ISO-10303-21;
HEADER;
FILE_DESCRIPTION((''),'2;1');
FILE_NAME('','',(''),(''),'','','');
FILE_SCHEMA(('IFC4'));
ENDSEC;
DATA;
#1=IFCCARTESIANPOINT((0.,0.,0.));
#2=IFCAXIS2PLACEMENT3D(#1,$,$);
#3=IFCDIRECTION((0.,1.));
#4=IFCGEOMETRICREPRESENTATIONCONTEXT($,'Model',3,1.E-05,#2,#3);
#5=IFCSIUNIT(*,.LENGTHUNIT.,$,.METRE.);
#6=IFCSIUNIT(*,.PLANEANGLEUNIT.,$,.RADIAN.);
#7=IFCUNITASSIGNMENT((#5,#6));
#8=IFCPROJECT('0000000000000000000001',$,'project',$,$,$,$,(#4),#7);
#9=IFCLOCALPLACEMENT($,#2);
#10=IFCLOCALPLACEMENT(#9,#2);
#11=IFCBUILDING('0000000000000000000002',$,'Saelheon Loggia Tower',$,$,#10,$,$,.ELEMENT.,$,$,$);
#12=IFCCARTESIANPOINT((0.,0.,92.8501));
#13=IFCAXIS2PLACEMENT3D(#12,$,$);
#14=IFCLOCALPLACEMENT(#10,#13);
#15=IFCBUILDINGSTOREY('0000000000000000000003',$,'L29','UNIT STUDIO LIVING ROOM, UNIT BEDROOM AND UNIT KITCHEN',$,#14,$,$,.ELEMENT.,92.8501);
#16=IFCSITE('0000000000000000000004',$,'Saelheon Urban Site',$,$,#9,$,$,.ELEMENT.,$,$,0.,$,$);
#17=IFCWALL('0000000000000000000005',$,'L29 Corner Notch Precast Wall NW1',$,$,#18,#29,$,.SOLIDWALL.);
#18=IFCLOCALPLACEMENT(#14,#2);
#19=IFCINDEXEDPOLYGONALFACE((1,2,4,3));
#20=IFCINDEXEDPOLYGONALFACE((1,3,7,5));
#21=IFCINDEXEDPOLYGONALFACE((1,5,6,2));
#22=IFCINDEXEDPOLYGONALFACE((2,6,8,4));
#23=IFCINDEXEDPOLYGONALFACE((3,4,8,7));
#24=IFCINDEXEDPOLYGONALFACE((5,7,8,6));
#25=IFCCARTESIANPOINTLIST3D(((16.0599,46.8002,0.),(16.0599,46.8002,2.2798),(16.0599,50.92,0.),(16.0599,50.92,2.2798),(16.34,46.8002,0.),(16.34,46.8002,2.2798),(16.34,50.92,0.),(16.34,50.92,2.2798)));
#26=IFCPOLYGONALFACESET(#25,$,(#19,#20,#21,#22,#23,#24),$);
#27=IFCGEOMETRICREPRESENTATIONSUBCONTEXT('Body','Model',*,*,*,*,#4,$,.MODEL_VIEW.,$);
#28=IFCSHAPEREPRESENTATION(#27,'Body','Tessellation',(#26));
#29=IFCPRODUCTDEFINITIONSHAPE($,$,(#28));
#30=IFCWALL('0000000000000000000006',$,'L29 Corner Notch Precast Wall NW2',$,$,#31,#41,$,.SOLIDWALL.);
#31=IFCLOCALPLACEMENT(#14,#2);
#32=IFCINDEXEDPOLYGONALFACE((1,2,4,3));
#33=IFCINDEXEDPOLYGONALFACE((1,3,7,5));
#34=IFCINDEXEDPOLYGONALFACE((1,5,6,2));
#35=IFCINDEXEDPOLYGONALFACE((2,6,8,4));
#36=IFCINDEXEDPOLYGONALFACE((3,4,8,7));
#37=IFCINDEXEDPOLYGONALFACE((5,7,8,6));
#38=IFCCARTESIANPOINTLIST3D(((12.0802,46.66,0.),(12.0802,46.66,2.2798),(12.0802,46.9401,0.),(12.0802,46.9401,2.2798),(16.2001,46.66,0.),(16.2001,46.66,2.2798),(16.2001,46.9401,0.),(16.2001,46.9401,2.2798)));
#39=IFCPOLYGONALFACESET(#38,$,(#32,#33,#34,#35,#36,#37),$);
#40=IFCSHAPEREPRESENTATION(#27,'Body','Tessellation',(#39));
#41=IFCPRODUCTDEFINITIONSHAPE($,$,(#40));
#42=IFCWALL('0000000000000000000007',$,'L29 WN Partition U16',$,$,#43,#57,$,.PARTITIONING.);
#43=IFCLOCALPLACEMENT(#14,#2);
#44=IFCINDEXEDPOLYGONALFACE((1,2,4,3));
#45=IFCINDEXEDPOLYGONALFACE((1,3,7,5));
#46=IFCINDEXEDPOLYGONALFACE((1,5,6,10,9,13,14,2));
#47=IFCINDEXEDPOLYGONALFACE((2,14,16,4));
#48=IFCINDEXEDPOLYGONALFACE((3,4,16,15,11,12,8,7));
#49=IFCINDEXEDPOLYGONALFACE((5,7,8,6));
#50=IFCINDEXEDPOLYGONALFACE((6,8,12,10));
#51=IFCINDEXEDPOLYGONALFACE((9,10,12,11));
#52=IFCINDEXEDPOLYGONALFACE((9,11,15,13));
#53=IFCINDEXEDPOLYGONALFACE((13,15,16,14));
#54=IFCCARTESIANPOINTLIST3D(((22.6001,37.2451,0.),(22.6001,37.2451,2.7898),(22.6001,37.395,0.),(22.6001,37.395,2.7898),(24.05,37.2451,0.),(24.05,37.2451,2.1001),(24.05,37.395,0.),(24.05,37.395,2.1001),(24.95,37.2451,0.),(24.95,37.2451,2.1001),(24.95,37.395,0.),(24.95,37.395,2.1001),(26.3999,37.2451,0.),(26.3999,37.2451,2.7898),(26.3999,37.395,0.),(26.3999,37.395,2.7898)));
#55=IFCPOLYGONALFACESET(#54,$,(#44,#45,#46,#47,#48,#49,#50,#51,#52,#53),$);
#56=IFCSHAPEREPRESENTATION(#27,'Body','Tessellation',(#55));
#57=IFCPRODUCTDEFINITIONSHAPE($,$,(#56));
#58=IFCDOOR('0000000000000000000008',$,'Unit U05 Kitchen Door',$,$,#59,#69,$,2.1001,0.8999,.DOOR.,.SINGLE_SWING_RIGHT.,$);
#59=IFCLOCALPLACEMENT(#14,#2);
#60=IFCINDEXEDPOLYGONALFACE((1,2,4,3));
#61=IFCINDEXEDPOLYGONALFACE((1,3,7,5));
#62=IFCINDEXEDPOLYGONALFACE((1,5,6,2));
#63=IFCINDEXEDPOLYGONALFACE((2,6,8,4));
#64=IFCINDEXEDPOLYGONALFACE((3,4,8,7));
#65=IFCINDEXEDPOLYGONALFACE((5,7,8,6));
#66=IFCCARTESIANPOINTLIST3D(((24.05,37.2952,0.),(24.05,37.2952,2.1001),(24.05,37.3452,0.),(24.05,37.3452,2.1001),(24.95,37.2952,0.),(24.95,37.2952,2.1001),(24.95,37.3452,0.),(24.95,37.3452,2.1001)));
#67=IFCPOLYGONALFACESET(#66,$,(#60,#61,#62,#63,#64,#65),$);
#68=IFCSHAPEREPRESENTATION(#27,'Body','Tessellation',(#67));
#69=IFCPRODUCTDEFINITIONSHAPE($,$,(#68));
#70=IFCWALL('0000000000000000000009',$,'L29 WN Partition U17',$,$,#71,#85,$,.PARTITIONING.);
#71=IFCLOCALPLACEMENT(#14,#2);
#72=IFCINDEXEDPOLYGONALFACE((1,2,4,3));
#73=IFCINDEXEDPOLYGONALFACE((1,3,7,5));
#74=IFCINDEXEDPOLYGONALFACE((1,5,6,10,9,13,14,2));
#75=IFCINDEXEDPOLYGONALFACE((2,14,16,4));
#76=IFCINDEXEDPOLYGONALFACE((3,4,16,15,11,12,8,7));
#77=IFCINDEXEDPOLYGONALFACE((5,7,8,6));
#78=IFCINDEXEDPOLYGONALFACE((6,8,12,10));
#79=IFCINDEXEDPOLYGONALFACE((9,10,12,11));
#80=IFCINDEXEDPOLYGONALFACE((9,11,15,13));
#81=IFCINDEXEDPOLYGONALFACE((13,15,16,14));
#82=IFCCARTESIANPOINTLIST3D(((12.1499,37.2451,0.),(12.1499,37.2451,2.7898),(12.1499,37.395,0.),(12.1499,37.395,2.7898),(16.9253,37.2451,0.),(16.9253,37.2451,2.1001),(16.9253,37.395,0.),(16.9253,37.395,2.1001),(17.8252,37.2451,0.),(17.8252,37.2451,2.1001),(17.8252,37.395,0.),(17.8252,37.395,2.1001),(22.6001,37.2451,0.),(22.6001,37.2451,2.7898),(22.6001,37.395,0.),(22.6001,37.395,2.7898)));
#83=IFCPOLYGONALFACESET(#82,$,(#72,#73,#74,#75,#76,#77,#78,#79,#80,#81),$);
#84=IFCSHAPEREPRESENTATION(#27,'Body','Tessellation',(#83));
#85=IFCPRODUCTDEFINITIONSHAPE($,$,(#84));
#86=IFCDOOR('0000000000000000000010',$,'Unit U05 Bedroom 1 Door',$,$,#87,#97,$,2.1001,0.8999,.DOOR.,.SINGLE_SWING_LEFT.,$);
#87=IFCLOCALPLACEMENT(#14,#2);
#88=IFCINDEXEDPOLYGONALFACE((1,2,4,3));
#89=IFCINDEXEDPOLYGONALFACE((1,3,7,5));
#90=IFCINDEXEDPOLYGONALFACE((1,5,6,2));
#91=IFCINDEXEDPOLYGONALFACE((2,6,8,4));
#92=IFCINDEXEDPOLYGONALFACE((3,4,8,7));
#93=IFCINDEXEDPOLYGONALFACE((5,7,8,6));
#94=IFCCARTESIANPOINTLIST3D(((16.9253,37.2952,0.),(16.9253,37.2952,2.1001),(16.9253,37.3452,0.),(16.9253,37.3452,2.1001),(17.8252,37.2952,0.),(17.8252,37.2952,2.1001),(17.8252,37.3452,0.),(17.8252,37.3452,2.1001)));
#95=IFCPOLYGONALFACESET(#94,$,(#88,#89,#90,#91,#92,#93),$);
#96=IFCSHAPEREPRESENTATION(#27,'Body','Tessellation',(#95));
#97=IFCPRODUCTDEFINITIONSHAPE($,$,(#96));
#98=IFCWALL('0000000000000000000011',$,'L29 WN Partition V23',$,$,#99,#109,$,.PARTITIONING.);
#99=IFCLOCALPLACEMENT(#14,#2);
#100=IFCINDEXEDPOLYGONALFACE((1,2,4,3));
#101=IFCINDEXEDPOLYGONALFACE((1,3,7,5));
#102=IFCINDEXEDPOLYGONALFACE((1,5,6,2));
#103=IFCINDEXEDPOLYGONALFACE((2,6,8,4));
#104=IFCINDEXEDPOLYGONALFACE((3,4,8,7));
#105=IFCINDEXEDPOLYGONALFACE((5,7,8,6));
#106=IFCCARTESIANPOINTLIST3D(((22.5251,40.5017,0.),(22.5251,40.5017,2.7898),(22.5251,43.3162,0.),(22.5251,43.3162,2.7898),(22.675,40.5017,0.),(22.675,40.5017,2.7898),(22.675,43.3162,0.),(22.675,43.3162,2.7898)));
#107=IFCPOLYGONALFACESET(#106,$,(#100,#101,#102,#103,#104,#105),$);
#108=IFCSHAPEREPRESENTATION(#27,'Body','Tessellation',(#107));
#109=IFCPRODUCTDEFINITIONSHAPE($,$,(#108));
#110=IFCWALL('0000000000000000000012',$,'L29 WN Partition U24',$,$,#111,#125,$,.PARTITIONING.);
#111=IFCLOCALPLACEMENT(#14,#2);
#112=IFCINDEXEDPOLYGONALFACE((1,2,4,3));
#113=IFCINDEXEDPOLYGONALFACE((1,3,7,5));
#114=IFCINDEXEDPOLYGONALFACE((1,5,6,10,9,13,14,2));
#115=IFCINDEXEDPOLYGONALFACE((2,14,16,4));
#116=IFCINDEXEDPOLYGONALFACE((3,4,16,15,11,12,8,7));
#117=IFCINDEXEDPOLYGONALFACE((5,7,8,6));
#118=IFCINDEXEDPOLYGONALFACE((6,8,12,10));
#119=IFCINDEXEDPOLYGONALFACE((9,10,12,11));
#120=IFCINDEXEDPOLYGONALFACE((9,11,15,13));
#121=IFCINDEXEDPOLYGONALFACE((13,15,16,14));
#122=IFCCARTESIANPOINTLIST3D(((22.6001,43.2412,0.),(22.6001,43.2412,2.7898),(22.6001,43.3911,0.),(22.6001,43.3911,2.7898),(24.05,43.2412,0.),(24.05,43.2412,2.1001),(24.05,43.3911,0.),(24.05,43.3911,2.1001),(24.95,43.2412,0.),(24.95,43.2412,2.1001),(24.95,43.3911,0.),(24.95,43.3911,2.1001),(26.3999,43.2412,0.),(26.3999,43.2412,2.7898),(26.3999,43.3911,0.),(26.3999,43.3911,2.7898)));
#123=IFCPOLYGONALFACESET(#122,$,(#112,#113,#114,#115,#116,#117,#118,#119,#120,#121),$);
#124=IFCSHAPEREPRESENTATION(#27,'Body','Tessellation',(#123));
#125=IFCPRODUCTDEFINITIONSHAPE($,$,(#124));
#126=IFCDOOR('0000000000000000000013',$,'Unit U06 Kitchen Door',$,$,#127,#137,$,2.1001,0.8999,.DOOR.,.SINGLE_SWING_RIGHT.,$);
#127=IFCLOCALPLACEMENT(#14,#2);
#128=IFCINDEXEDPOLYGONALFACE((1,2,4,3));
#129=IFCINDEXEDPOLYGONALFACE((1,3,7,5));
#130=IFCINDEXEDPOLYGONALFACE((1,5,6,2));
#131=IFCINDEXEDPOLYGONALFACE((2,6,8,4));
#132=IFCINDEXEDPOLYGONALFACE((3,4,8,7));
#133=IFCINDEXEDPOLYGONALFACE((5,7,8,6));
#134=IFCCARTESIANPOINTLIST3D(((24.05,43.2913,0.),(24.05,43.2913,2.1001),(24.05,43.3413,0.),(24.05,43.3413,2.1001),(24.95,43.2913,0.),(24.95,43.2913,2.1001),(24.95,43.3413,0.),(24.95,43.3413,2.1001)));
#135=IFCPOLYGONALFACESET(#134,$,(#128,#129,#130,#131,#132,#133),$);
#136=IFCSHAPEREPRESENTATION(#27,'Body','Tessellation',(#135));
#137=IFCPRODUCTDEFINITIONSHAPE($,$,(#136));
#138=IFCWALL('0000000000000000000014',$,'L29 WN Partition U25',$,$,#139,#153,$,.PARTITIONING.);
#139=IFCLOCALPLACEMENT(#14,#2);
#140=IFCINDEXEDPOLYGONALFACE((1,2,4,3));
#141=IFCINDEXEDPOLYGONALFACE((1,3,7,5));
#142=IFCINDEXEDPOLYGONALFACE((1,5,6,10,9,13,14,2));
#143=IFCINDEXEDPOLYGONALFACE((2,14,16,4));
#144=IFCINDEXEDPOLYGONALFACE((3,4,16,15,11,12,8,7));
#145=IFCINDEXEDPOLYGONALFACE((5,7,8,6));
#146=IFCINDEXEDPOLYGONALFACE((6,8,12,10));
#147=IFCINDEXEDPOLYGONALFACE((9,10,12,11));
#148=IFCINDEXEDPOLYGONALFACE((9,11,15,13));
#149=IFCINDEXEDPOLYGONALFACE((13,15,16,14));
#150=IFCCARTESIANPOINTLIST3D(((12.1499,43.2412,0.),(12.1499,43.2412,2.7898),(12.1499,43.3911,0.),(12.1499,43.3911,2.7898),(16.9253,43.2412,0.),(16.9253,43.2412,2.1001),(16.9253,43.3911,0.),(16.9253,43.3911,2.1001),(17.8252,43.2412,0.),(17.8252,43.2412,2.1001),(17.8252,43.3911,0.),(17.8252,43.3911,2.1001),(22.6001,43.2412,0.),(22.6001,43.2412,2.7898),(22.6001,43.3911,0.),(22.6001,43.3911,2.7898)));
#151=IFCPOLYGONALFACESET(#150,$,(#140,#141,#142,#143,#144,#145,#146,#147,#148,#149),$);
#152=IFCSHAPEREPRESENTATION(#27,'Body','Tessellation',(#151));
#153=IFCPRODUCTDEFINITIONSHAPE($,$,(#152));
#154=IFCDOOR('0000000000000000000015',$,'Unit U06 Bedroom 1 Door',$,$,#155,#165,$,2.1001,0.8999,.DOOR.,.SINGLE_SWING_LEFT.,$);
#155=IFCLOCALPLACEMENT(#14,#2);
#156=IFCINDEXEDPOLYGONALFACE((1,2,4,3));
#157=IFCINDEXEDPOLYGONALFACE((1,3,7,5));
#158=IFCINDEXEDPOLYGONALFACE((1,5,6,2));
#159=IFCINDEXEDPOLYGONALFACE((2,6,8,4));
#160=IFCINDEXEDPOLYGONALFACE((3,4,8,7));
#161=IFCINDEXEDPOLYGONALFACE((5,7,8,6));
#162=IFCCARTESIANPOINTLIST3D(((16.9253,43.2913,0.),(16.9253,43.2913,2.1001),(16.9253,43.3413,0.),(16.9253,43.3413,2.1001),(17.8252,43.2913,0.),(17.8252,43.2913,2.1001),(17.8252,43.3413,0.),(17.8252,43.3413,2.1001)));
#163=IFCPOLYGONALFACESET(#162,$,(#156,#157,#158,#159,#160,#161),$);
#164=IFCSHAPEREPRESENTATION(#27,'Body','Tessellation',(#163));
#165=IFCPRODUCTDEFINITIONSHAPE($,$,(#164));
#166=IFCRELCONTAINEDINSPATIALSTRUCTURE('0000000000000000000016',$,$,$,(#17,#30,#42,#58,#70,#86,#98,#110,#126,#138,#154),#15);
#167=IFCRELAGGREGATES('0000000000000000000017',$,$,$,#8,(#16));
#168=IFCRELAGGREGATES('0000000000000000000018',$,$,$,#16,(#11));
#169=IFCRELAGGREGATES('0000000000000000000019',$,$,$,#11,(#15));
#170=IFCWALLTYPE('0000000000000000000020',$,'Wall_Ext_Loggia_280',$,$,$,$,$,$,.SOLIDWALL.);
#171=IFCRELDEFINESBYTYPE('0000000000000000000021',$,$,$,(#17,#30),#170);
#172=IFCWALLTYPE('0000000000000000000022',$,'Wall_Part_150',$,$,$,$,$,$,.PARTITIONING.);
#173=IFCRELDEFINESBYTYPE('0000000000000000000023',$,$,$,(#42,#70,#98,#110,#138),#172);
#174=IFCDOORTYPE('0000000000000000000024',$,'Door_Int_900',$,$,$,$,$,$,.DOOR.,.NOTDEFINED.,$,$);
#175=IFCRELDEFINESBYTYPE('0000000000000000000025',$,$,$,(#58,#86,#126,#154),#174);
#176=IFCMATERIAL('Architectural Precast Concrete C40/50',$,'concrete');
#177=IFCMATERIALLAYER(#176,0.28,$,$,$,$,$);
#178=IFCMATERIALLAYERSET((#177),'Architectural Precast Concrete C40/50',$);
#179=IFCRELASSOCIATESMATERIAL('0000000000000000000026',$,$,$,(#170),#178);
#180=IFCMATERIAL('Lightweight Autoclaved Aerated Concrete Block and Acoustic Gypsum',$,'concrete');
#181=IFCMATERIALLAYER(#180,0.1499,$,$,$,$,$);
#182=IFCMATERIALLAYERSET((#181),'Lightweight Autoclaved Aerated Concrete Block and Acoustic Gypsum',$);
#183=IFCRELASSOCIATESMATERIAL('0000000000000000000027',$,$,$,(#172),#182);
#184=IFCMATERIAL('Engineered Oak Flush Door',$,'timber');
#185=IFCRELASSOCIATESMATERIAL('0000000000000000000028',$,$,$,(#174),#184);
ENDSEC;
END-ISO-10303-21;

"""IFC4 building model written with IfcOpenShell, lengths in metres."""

from ifc_helpers import new_model, si_unit, direction, frame, frame_2d, origin, place, context, subcontext, project, spatial, rectangle, extrude, source, transform, mapped, material, layer, layer_set, type_object, element, fill, save


model = new_model("IFC4")

# Units and contexts
model_context = context("Model", 3, precision=1e-05, world=origin(), true_north=direction((0.0, 1.0)))
body_context = subcontext(model_context, "Body", "Model", "MODEL_VIEW")
ifc_project = project(units=[si_unit("LENGTHUNIT", "METRE"), si_unit("PLANEANGLEUNIT", "RADIAN")], contexts=[model_context])

# Site, building, storey
site_placement = place(None, origin())
site = spatial("IfcSite", under=ifc_project, at=site_placement, Name="Saelheon Urban Site", CompositionType="ELEMENT", RefElevation=0.0)
building_placement = place(site_placement, origin())
building = spatial("IfcBuilding", under=site, at=building_placement, Name="Saelheon Loggia Tower", CompositionType="ELEMENT")
storey_placement = place(building_placement, frame((0.0, 0.0, 92.8501)))
storey = spatial("IfcBuildingStorey", under=building, at=storey_placement, Name="L29", Description="UNIT STUDIO LIVING ROOM, UNIT BEDROOM AND UNIT KITCHEN", CompositionType="ELEMENT", Elevation=92.8501)

# Shared definitions
ifc_material_1 = material(Name="Architectural Precast Concrete C40/50", Category="concrete")
ifc_layer_1 = layer(ifc_material_1, 0.28)
ifc_layer_set_1 = layer_set([ifc_layer_1], Name="Architectural Precast Concrete C40/50")
wall_type_1 = type_object("IfcWallType", Name="Wall_Ext_Loggia_280", PredefinedType="SOLIDWALL", material=ifc_layer_set_1)

# Walls
for number, where, z_axis, x_axis, name in (
    (1, (16.2, 46.8, 0.0), (0.0, 0.0, 1.0), (0.0, 1.0, 0.0), "L29 Corner Notch Precast Wall NW1"),
    (2, (12.0801, 46.8, 0.0), (0.0, 0.0, 1.0), (1.0, 0.0, 0.0), "L29 Corner Notch Precast Wall NW2"),
):
    element("IfcWall", number, at=place(storey_placement, frame(where, z_axis=z_axis, x_axis=x_axis)), inside=storey, type_object=wall_type_1, Name=name, PredefinedType="SOLIDWALL", context=body_context, shape_type="SweptSolid", body=[
        extrude(rectangle(XDim=4.1199, YDim=0.28, at=frame_2d((2.0601, 0.0))), origin(), (0.0, 0.0, 1.0), 2.2798),
    ])

# Walls, openings, doors
ifc_material_2 = material(Name="Lightweight Autoclaved Aerated Concrete Block and Acoustic Gypsum", Category="concrete")
ifc_layer_2 = layer(ifc_material_2, 0.1499)
ifc_layer_set_2 = layer_set([ifc_layer_2], Name="Lightweight Autoclaved Aerated Concrete Block and Acoustic Gypsum")
wall_type_2 = type_object("IfcWallType", Name="Wall_Part_150", PredefinedType="PARTITIONING", material=ifc_layer_set_2)
wall_1_placement = place(storey_placement, frame((26.3999, 37.3201, 0.0), z_axis=(0.0, 0.0, 1.0), x_axis=(-1.0, 0.0, 0.0)))
wall_1 = element("IfcWall", 3, at=wall_1_placement, inside=storey, type_object=wall_type_2, Name="L29 WN Partition U16", PredefinedType="PARTITIONING", context=body_context, shape_type="SweptSolid", body=[
    extrude(rectangle(XDim=3.7998, YDim=0.1499, at=frame_2d((1.8999, 0.0))), origin(), (0.0, 0.0, 1.0), 2.7898),
])
opening_1_placement = place(wall_1_placement, frame((1.45, 0.0, 0.0)))
opening_1 = element("IfcOpeningElement", 4, at=opening_1_placement, cuts=wall_1, PredefinedType="OPENING", context=body_context, shape_type="SweptSolid", body=[
    extrude(rectangle(XDim=0.8999, YDim=2.1001, at=frame_2d((0.45, 1.05))), frame((0.0, 0.0869, 0.0), z_axis=(0.0, -1.0, 0.0), x_axis=(1.0, 0.0, 0.0)), (0.0, 0.0, 1.0), 0.1738),
])
ifc_material_3 = material(Name="Engineered Oak Flush Door", Category="timber")
door_type_1 = type_object("IfcDoorType", Name="Door_Int_900", OperationType="NOTDEFINED", PredefinedType="DOOR", material=ifc_material_3)
shared_shape_1 = source(origin(), body_context, "Body", "SweptSolid", [
    extrude(rectangle(XDim=0.8999, YDim=2.1001, at=frame_2d((0.45, 1.05))), frame((0.0, 0.0249, 0.0), z_axis=(0.0, -1.0, 0.0), x_axis=(1.0, 0.0, 0.0)), (0.0, 0.0, 1.0), 0.05),
])
door_1_placement = place(opening_1_placement, origin())
door_1 = element("IfcDoor", 5, at=door_1_placement, inside=storey, type_object=door_type_1, Name="Unit U05 Kitchen Door", OperationType="SINGLE_SWING_RIGHT", OverallHeight=2.1001, OverallWidth=0.8999, PredefinedType="DOOR", context=body_context, shape_type="MappedRepresentation", body=[
    mapped(shared_shape_1, transform((0.0, 0.0, 0.0), scale=1.0)),
])
fill(opening_1, door_1)
wall_2_placement = place(storey_placement, frame((22.6001, 37.3201, 0.0), z_axis=(0.0, 0.0, 1.0), x_axis=(-1.0, 0.0, 0.0)))
wall_2 = element("IfcWall", 6, at=wall_2_placement, inside=storey, type_object=wall_type_2, Name="L29 WN Partition U17", PredefinedType="PARTITIONING", context=body_context, shape_type="SweptSolid", body=[
    extrude(rectangle(XDim=10.4502, YDim=0.1499, at=frame_2d((5.2251, 0.0))), origin(), (0.0, 0.0, 1.0), 2.7898),
])
opening_2_placement = place(wall_2_placement, frame((4.7749, 0.0, 0.0)))
opening_2 = element("IfcOpeningElement", 7, at=opening_2_placement, cuts=wall_2, PredefinedType="OPENING", context=body_context, shape_type="SweptSolid", body=[
    extrude(rectangle(XDim=0.8999, YDim=2.1001, at=frame_2d((0.45, 1.05))), frame((0.0, 0.0869, 0.0), z_axis=(0.0, -1.0, 0.0), x_axis=(1.0, 0.0, 0.0)), (0.0, 0.0, 1.0), 0.1738),
])
door_2_placement = place(opening_2_placement, origin())
door_2 = element("IfcDoor", 8, at=door_2_placement, inside=storey, type_object=door_type_1, Name="Unit U05 Bedroom 1 Door", OperationType="SINGLE_SWING_LEFT", OverallHeight=2.1001, OverallWidth=0.8999, PredefinedType="DOOR", context=body_context, shape_type="MappedRepresentation", body=[
    mapped(shared_shape_1, transform((0.0, 0.0, 0.0), scale=1.0)),
])
fill(opening_2, door_2)

# Wall
wall_3_placement = place(storey_placement, frame((22.6001, 40.5017, 0.0), z_axis=(0.0, 0.0, 1.0), x_axis=(0.0, 1.0, 0.0)))
element("IfcWall", 9, at=wall_3_placement, inside=storey, type_object=wall_type_2, Name="L29 WN Partition V23", PredefinedType="PARTITIONING", context=body_context, shape_type="SweptSolid", body=[
    extrude(rectangle(XDim=2.8145, YDim=0.1499, at=frame_2d((1.4072, 0.0))), origin(), (0.0, 0.0, 1.0), 2.7898),
])

# Walls, openings, doors
wall_4_placement = place(storey_placement, frame((26.3999, 43.3162, 0.0), z_axis=(0.0, 0.0, 1.0), x_axis=(-1.0, 0.0, 0.0)))
wall_4 = element("IfcWall", 10, at=wall_4_placement, inside=storey, type_object=wall_type_2, Name="L29 WN Partition U24", PredefinedType="PARTITIONING", context=body_context, shape_type="SweptSolid", body=[
    extrude(rectangle(XDim=3.7998, YDim=0.1499, at=frame_2d((1.8999, 0.0))), origin(), (0.0, 0.0, 1.0), 2.7898),
])
opening_3_placement = place(wall_4_placement, frame((1.45, 0.0, 0.0)))
opening_3 = element("IfcOpeningElement", 11, at=opening_3_placement, cuts=wall_4, PredefinedType="OPENING", context=body_context, shape_type="SweptSolid", body=[
    extrude(rectangle(XDim=0.8999, YDim=2.1001, at=frame_2d((0.45, 1.05))), frame((0.0, 0.0869, 0.0), z_axis=(0.0, -1.0, 0.0), x_axis=(1.0, 0.0, 0.0)), (0.0, 0.0, 1.0), 0.1738),
])
door_3_placement = place(opening_3_placement, origin())
door_3 = element("IfcDoor", 12, at=door_3_placement, inside=storey, type_object=door_type_1, Name="Unit U06 Kitchen Door", OperationType="SINGLE_SWING_RIGHT", OverallHeight=2.1001, OverallWidth=0.8999, PredefinedType="DOOR", context=body_context, shape_type="MappedRepresentation", body=[
    mapped(shared_shape_1, transform((0.0, 0.0, 0.0), scale=1.0)),
])
fill(opening_3, door_3)
wall_5_placement = place(storey_placement, frame((22.6001, 43.3162, 0.0), z_axis=(0.0, 0.0, 1.0), x_axis=(-1.0, 0.0, 0.0)))
wall_5 = element("IfcWall", 13, at=wall_5_placement, inside=storey, type_object=wall_type_2, Name="L29 WN Partition U25", PredefinedType="PARTITIONING", context=body_context, shape_type="SweptSolid", body=[
    extrude(rectangle(XDim=10.4502, YDim=0.1499, at=frame_2d((5.2251, 0.0))), origin(), (0.0, 0.0, 1.0), 2.7898),
])
opening_4_placement = place(wall_5_placement, frame((4.7749, 0.0, 0.0)))
opening_4 = element("IfcOpeningElement", 14, at=opening_4_placement, cuts=wall_5, PredefinedType="OPENING", context=body_context, shape_type="SweptSolid", body=[
    extrude(rectangle(XDim=0.8999, YDim=2.1001, at=frame_2d((0.45, 1.05))), frame((0.0, 0.0869, 0.0), z_axis=(0.0, -1.0, 0.0), x_axis=(1.0, 0.0, 0.0)), (0.0, 0.0, 1.0), 0.1738),
])
door_4_placement = place(opening_4_placement, origin())
door_4 = element("IfcDoor", 15, at=door_4_placement, inside=storey, type_object=door_type_1, Name="Unit U06 Bedroom 1 Door", OperationType="SINGLE_SWING_LEFT", OverallHeight=2.1001, OverallWidth=0.8999, PredefinedType="DOOR", context=body_context, shape_type="MappedRepresentation", body=[
    mapped(shared_shape_1, transform((0.0, 0.0, 0.0), scale=1.0)),
])
fill(opening_4, door_4)

save(model, "model.ifc")
